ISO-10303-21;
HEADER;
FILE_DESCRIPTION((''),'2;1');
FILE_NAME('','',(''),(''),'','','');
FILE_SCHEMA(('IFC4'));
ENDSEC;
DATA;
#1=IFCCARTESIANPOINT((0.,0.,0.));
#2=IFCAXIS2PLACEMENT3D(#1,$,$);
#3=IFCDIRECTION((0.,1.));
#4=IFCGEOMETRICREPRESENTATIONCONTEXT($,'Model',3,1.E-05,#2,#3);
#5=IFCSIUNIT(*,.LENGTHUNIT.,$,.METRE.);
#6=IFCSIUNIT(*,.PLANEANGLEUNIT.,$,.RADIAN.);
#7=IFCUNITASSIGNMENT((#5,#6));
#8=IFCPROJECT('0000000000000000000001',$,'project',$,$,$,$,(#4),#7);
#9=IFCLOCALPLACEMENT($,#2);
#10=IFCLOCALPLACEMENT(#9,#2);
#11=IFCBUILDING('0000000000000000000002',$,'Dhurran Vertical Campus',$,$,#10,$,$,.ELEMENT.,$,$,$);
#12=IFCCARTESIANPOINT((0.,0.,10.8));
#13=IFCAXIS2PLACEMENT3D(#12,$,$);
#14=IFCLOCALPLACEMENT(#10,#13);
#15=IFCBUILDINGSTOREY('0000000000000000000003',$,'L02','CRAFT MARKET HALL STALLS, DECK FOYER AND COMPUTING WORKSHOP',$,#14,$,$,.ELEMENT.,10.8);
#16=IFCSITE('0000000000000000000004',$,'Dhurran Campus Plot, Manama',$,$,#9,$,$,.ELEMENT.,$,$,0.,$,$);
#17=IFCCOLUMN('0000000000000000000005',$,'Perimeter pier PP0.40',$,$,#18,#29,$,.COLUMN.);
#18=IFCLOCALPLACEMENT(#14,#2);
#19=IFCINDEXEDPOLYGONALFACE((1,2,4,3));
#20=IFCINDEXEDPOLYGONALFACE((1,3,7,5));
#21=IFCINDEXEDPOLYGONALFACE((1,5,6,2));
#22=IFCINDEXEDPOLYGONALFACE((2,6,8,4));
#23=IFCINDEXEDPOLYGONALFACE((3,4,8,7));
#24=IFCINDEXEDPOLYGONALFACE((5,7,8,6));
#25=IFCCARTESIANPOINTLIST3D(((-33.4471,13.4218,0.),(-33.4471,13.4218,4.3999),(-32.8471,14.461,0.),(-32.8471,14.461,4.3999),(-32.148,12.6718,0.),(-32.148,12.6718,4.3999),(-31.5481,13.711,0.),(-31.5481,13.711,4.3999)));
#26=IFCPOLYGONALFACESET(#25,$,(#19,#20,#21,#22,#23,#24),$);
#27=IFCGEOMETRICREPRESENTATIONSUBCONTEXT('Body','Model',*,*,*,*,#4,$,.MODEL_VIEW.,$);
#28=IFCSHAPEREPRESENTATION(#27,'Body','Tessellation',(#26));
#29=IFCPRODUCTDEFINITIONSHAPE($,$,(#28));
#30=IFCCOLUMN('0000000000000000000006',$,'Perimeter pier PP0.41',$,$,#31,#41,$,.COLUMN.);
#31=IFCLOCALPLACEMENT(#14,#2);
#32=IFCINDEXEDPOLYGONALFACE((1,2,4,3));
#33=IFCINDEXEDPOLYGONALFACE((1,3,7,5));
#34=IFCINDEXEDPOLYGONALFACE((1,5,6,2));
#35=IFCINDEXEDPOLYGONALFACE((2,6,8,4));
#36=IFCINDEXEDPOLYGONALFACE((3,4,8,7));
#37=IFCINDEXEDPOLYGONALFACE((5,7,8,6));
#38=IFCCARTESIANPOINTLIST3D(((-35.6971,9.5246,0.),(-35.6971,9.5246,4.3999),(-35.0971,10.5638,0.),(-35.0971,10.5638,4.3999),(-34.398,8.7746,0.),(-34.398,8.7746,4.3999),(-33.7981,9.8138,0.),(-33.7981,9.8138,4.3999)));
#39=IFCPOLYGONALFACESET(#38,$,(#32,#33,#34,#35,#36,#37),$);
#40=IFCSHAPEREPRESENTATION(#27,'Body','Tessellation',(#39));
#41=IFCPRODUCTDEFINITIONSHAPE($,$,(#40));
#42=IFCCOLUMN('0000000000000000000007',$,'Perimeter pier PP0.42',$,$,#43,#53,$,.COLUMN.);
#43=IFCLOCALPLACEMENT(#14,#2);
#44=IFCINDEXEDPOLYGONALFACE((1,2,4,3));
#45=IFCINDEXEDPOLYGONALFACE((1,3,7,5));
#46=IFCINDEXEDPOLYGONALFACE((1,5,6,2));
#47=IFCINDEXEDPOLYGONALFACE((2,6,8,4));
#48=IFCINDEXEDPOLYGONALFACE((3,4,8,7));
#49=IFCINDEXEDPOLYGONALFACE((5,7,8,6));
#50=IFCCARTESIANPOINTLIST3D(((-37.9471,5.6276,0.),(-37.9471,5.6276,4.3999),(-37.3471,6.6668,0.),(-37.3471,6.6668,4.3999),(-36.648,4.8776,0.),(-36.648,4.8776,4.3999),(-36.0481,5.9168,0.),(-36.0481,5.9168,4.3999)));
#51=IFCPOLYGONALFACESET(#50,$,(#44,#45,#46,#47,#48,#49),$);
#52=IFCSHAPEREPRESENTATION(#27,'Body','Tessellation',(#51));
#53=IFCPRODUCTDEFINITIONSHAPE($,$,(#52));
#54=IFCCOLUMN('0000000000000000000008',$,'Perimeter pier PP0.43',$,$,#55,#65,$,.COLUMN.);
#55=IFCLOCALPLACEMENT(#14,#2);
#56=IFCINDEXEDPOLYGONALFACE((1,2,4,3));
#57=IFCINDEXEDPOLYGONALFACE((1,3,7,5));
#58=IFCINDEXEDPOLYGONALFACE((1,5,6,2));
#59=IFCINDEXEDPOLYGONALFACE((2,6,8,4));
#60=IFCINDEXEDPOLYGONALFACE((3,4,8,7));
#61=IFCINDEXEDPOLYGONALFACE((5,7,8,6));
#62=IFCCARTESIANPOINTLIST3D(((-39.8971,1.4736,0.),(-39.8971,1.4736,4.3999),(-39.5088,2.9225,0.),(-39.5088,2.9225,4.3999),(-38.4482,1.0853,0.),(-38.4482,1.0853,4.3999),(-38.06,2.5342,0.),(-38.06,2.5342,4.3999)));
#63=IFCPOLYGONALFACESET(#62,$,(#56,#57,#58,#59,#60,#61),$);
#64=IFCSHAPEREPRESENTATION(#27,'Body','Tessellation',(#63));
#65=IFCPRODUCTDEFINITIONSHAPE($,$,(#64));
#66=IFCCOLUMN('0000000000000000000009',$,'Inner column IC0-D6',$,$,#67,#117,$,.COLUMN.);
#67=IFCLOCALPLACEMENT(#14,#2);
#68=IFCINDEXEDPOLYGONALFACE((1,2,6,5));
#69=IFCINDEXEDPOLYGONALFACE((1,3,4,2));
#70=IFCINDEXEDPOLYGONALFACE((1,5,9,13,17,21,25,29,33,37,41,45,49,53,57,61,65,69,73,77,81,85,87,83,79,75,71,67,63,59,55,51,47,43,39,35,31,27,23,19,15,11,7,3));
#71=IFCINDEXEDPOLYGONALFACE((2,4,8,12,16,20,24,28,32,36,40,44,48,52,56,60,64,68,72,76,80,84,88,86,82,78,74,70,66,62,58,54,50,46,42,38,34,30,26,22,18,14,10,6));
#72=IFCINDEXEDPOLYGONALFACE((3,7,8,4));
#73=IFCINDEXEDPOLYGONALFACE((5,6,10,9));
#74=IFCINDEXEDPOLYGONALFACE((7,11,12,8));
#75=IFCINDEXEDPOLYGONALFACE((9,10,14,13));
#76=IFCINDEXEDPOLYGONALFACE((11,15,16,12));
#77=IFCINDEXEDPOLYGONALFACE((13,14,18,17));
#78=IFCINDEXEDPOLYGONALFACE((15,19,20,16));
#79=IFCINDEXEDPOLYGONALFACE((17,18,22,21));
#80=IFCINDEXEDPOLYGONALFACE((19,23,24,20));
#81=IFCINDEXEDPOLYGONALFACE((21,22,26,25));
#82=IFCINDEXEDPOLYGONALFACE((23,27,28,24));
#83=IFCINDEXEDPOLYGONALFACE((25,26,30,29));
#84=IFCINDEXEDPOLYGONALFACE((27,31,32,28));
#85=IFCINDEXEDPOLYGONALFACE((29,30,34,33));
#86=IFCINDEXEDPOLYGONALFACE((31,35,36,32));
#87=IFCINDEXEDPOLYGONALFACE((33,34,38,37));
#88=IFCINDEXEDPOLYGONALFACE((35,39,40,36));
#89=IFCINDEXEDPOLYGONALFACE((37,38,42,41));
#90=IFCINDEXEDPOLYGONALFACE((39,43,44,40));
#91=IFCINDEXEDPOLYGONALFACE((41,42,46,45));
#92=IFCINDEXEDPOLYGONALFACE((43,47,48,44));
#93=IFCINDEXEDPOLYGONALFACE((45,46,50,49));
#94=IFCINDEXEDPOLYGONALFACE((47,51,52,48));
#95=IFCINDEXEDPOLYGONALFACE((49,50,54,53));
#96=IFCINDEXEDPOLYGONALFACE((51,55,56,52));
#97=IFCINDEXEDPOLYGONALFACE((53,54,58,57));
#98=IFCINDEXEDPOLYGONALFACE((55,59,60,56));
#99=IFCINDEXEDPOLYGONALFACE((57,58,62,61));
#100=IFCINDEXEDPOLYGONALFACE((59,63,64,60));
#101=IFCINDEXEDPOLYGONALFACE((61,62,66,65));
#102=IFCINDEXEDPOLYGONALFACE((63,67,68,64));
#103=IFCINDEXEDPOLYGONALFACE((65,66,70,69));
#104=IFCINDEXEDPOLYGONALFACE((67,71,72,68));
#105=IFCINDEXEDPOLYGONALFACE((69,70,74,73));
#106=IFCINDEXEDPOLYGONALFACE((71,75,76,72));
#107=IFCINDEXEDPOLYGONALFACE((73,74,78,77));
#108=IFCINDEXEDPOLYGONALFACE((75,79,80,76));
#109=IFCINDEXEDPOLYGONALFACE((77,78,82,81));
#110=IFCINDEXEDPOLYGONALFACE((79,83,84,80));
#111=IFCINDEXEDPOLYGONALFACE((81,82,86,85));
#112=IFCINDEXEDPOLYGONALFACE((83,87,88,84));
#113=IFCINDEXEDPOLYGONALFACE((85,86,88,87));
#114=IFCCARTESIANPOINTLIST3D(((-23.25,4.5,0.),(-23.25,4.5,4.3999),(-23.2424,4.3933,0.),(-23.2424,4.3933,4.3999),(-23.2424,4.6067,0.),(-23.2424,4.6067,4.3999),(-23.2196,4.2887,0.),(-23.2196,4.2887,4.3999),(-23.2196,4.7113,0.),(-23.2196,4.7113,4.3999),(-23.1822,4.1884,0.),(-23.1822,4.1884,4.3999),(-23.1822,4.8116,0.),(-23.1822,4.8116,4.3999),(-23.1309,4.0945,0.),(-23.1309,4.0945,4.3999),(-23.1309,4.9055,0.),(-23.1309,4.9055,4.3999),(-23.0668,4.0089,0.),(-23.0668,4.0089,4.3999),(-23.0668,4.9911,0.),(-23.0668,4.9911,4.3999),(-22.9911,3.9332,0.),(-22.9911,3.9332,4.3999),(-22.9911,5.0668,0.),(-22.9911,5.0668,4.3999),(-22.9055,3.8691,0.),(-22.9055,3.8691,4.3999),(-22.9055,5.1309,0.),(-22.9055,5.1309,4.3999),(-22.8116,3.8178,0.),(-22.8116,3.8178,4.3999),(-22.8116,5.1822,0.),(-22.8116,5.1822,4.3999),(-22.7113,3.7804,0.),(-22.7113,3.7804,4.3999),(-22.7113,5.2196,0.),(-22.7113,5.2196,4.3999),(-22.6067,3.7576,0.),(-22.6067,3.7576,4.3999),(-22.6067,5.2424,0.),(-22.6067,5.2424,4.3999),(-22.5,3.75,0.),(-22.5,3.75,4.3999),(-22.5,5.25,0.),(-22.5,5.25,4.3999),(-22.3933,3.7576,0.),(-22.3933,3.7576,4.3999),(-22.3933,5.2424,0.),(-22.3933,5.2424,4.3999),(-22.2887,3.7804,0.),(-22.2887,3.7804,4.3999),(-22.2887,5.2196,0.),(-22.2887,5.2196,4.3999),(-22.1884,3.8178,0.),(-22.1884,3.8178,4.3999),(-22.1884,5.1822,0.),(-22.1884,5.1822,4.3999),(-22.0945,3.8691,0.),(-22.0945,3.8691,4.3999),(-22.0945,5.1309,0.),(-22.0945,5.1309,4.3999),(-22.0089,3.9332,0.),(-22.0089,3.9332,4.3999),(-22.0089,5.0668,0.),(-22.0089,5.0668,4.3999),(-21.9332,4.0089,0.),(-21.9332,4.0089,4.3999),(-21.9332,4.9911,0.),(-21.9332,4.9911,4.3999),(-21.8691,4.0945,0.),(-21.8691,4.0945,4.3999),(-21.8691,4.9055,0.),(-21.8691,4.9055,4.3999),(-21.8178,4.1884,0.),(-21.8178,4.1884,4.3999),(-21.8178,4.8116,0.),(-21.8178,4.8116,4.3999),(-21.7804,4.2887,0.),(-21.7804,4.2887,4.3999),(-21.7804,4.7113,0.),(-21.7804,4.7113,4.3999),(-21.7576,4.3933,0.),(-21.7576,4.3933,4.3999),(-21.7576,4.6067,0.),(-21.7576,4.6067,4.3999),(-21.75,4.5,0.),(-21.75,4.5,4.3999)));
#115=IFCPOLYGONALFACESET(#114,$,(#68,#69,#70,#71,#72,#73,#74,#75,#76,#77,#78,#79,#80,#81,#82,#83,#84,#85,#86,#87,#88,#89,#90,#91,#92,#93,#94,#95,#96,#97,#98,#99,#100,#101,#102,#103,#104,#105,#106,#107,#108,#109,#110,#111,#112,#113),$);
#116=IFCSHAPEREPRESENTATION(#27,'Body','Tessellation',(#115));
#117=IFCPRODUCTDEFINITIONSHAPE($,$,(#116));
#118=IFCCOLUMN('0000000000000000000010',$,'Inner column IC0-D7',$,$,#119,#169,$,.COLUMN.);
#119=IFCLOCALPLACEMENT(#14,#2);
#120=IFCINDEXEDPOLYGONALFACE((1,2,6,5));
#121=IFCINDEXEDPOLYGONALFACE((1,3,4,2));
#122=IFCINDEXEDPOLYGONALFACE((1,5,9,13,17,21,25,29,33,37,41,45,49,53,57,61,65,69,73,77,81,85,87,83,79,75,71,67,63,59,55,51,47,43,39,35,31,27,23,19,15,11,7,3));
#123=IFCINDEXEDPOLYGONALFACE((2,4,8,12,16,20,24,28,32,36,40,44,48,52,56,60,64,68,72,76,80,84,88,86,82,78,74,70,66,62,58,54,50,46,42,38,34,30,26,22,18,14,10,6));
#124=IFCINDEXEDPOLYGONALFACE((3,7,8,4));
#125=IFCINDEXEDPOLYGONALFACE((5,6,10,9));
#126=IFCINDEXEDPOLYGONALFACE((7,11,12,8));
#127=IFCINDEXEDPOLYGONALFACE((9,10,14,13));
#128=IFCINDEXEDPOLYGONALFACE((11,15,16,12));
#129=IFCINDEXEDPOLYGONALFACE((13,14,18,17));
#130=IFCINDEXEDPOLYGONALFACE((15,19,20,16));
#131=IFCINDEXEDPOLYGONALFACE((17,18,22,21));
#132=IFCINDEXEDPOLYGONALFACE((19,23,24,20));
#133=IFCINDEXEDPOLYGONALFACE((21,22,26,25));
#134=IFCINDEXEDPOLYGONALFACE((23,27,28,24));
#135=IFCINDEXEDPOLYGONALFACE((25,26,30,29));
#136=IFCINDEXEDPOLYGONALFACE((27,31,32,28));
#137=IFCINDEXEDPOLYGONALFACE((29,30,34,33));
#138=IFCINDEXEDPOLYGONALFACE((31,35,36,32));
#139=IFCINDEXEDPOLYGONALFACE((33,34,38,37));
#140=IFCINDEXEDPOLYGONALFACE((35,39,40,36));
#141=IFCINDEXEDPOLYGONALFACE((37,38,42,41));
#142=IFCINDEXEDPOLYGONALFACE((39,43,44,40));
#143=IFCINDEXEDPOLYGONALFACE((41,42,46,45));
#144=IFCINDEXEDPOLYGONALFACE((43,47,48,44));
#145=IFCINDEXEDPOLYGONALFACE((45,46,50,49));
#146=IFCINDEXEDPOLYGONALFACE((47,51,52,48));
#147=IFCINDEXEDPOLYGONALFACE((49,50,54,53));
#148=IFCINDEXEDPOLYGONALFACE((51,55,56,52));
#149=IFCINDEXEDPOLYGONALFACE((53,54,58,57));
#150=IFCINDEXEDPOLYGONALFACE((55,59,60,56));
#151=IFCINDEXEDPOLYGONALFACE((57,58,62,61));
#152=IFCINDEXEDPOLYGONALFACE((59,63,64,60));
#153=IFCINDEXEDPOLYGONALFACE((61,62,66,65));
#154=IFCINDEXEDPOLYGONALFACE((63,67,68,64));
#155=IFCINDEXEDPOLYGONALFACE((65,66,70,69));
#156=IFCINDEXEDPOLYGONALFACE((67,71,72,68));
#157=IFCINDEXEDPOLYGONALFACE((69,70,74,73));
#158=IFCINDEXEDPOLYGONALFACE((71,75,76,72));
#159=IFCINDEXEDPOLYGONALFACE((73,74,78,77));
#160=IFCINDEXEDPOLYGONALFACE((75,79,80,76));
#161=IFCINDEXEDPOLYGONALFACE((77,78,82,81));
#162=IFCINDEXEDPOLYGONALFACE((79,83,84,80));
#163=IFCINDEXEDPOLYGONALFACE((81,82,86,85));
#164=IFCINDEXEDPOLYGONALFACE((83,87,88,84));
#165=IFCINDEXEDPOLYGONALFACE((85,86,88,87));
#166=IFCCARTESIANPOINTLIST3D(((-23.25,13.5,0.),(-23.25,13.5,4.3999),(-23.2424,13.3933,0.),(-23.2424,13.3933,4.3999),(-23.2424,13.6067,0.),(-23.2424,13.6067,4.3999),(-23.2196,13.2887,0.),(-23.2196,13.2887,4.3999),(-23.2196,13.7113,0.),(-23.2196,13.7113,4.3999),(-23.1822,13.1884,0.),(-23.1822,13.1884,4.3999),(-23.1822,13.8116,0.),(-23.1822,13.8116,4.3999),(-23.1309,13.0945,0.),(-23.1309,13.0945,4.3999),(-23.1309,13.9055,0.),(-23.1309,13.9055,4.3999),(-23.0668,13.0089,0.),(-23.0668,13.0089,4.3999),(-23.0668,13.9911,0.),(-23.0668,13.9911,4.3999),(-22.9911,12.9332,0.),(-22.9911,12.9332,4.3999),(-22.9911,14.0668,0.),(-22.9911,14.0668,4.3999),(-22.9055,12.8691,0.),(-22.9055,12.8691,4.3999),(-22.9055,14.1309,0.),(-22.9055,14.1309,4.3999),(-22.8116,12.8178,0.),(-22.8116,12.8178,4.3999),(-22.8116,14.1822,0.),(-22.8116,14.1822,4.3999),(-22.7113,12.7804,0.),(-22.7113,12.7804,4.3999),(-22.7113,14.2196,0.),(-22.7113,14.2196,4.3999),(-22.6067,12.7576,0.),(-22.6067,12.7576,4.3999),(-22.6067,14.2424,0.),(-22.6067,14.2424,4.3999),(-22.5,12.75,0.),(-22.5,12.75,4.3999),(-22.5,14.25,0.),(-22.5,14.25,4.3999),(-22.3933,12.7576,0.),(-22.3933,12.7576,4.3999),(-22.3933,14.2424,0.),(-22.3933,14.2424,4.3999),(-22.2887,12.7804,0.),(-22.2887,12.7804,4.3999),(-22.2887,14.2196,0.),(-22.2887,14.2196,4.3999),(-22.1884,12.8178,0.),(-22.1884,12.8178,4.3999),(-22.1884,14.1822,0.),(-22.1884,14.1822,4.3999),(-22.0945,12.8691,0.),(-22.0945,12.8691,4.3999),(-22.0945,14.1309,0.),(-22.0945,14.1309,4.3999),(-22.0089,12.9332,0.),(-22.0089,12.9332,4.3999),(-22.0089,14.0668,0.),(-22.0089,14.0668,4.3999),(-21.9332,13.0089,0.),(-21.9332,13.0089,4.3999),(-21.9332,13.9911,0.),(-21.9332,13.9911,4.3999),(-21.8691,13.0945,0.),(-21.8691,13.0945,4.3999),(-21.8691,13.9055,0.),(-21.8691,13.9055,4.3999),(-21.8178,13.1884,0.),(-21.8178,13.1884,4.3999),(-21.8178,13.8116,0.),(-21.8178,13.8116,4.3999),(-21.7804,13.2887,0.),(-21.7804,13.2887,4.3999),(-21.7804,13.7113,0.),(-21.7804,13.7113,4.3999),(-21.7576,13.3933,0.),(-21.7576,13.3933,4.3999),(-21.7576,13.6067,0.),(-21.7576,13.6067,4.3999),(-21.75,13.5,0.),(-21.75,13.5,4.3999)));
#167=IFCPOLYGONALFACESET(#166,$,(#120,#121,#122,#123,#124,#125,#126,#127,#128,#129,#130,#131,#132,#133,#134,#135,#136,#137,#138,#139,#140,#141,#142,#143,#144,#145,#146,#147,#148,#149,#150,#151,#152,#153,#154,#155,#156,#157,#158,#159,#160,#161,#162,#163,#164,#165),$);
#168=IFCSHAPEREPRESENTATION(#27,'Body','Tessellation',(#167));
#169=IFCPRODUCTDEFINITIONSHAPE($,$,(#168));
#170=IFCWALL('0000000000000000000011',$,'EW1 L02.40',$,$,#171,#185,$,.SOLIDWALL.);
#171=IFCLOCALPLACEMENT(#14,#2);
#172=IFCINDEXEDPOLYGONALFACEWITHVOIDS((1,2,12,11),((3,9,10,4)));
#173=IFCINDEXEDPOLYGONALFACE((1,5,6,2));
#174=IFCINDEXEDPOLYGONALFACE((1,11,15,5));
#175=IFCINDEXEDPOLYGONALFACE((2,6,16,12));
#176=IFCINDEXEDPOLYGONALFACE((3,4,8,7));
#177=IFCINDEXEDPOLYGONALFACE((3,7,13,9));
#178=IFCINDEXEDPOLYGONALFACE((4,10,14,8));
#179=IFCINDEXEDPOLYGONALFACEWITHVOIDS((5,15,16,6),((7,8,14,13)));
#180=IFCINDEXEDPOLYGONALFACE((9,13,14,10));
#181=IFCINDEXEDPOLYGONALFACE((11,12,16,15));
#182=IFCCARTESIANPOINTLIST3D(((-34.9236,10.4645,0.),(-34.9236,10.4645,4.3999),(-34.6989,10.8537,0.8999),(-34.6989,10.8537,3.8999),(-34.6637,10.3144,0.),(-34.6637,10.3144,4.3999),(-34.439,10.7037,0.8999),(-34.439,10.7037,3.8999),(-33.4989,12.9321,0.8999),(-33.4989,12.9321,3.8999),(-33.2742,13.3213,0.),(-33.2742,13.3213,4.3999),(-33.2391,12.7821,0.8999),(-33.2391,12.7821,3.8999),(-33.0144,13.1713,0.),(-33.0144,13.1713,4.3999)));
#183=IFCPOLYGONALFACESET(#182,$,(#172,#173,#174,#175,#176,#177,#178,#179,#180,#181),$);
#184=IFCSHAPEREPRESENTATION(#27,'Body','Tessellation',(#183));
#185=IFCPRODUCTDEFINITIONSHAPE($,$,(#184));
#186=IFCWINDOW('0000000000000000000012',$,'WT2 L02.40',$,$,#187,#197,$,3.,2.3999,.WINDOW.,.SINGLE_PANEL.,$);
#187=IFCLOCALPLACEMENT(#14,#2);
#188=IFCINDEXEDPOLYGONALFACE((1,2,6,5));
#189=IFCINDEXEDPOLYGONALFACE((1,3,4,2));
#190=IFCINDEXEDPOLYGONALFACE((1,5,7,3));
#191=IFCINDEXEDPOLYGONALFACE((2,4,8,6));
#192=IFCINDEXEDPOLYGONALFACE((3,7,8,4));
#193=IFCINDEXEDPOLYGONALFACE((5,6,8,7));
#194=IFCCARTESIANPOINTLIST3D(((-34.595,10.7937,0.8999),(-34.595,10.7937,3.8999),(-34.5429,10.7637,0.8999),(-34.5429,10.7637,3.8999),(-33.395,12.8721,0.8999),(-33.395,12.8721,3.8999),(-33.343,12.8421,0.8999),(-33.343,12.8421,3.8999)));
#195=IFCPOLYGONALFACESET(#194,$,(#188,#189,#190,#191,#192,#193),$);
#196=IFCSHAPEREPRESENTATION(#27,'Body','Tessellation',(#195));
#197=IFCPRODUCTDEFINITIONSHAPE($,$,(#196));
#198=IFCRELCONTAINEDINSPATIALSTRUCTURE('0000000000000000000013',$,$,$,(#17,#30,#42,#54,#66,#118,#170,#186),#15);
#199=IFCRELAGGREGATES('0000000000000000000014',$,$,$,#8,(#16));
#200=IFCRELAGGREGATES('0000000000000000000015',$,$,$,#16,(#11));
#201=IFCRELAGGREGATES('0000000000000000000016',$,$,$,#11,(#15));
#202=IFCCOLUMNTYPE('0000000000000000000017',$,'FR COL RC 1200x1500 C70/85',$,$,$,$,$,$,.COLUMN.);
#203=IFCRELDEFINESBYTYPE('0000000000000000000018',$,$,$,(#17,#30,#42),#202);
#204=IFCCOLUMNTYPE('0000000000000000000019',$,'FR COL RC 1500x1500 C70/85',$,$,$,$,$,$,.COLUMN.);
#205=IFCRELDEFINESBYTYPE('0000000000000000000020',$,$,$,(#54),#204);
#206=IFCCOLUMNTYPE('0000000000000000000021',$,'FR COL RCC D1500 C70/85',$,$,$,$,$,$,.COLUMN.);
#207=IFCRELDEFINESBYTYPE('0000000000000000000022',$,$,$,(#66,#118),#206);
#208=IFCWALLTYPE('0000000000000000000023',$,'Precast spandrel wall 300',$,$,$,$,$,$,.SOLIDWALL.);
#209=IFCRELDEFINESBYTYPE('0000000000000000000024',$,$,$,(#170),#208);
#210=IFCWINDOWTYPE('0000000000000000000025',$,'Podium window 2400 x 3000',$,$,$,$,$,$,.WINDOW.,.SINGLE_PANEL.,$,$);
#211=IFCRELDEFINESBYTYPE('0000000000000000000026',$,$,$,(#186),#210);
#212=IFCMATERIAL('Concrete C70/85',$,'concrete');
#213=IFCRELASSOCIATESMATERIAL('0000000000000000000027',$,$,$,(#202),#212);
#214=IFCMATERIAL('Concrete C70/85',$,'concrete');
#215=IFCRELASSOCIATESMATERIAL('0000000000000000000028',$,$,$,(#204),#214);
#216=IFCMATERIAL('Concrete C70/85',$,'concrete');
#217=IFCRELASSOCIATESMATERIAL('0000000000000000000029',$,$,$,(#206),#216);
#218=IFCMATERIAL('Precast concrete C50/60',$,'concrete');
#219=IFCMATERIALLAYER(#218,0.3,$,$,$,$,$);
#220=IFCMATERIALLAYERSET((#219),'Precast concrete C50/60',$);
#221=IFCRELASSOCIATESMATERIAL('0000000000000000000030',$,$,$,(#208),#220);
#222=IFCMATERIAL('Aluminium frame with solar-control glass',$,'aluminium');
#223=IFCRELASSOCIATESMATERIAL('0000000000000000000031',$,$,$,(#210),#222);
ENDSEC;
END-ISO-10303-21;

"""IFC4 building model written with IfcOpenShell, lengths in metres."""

from ifc_helpers import new_model, si_unit, direction, frame, frame_2d, origin, origin_2d, place, context, subcontext, project, spatial, rectangle, circle, extrude, material, layer, layer_set, material_profile, profile_set, type_object, element, fill, save


model = new_model("IFC4")

# Units and contexts
model_context = context("Model", 3, precision=1e-05, world=origin(), true_north=direction((0.0, 1.0)))
body_context = subcontext(model_context, "Body", "Model", "MODEL_VIEW")
ifc_project = project(units=[si_unit("LENGTHUNIT", "METRE"), si_unit("PLANEANGLEUNIT", "RADIAN")], contexts=[model_context])

# Site, building, storey
site_placement = place(None, origin())
site = spatial("IfcSite", under=ifc_project, at=site_placement, Name="Dhurran Campus Plot, Manama", CompositionType="ELEMENT", RefElevation=0.0)
building_placement = place(site_placement, origin())
building = spatial("IfcBuilding", under=site, at=building_placement, Name="Dhurran Vertical Campus", CompositionType="ELEMENT")
storey_placement = place(building_placement, frame((0.0, 0.0, 10.8)))
storey = spatial("IfcBuildingStorey", under=building, at=storey_placement, Name="L02", Description="CRAFT MARKET HALL STALLS, DECK FOYER AND COMPUTING WORKSHOP", CompositionType="ELEMENT", Elevation=10.8)

# Columns
ifc_material_1 = material(Name="Concrete C70/85", Category="concrete")
ifc_material_profile_1 = material_profile(ifc_material_1, rectangle(XDim=1.2, YDim=1.5, at=origin_2d()), Name="RC 1200x1500")
ifc_profile_set_1 = profile_set([ifc_material_profile_1], Name="Concrete C70/85")
column_type_1 = type_object("IfcColumnType", Name="FR COL RC 1200x1500 C70/85", PredefinedType="COLUMN", material=ifc_profile_set_1)
for number, where, z_axis, x_axis, name in (
    (1, (-32.4976, 13.5664, 0.0), (0.0, 0.0, 1.0), (-0.5, -0.866025, 0.0), "Perimeter pier PP0.40"),
    (2, (-34.7476, 9.6692, 0.0), (0.0, 0.0, 1.0), (-0.5, -0.866025, 0.0), "Perimeter pier PP0.41"),
    (3, (-36.9976, 5.7722, 0.0), (0.0, 0.0, 1.0), (-0.5, -0.866025, 0.0), "Perimeter pier PP0.42"),
):
    element("IfcColumn", number, at=place(storey_placement, frame(where, z_axis=z_axis, x_axis=x_axis)), inside=storey, type_object=column_type_1, Name=name, PredefinedType="COLUMN", context=body_context, shape_type="SweptSolid", body=[
        extrude(rectangle(XDim=1.2, YDim=1.5, at=origin_2d()), origin(), (0.0, 0.0, 1.0), 4.3999),
    ])
ifc_material_2 = material(Name="Concrete C70/85", Category="concrete")
ifc_material_profile_2 = material_profile(ifc_material_2, rectangle(XDim=1.5, YDim=1.5, at=origin_2d()), Name="RC 1500x1500")
ifc_profile_set_2 = profile_set([ifc_material_profile_2], Name="Concrete C70/85")
column_type_2 = type_object("IfcColumnType", Name="FR COL RC 1500x1500 C70/85", PredefinedType="COLUMN", material=ifc_profile_set_2)
column_placement = place(storey_placement, frame((-38.9785, 2.0039, 0.0), z_axis=(0.0, 0.0, 1.0), x_axis=(-0.258819, -0.965926, 0.0)))
element("IfcColumn", 4, at=column_placement, inside=storey, type_object=column_type_2, Name="Perimeter pier PP0.43", PredefinedType="COLUMN", context=body_context, shape_type="SweptSolid", body=[
    extrude(rectangle(XDim=1.5, YDim=1.5, at=origin_2d()), origin(), (0.0, 0.0, 1.0), 4.3999),
])
ifc_material_3 = material(Name="Concrete C70/85", Category="concrete")
ifc_material_profile_3 = material_profile(ifc_material_3, circle(Radius=0.75, at=origin_2d()), Name="RCC D1500")
ifc_profile_set_3 = profile_set([ifc_material_profile_3], Name="Concrete C70/85")
column_type_3 = type_object("IfcColumnType", Name="FR COL RCC D1500 C70/85", PredefinedType="COLUMN", material=ifc_profile_set_3)
for number, where, z_axis, x_axis, name in (
    (5, (-22.5, 4.5, 0.0), (0.0, 0.0, 1.0), (1.0, 0.0, 0.0), "Inner column IC0-D6"),
    (6, (-22.5, 13.5, 0.0), (0.0, 0.0, 1.0), (1.0, 0.0, 0.0), "Inner column IC0-D7"),
):
    element("IfcColumn", number, at=place(storey_placement, frame(where, z_axis=z_axis, x_axis=x_axis)), inside=storey, type_object=column_type_3, Name=name, PredefinedType="COLUMN", context=body_context, shape_type="SweptSolid", body=[
        extrude(circle(Radius=0.75, at=origin_2d()), origin(), (0.0, 0.0, 1.0), 4.3999),
    ])

# Wall, opening, window
ifc_material_4 = material(Name="Precast concrete C50/60", Category="concrete")
ifc_layer_1 = layer(ifc_material_4, 0.3)
ifc_layer_set_1 = layer_set([ifc_layer_1], Name="Precast concrete C50/60")
wall_type_1 = type_object("IfcWallType", Name="Precast spandrel wall 300", PredefinedType="SOLIDWALL", material=ifc_layer_set_1)
wall_1_placement = place(storey_placement, frame((-33.1443, 13.2463, 0.0), z_axis=(0.0, 0.0, 1.0), x_axis=(-0.499992, -0.86603, 0.0)))
wall_1 = element("IfcWall", 7, at=wall_1_placement, inside=storey, type_object=wall_type_1, Name="EW1 L02.40", PredefinedType="SOLIDWALL", context=body_context, shape_type="SweptSolid", body=[
    extrude(rectangle(XDim=3.2988, YDim=0.3, at=frame_2d((1.6494, 0.0))), origin(), (0.0, 0.0, 1.0), 4.3999),
])
opening_1_placement = place(wall_1_placement, frame((0.4495, 0.0, 0.8999)))
opening_1 = element("IfcOpeningElement", 8, at=opening_1_placement, cuts=wall_1, PredefinedType="OPENING", context=body_context, shape_type="SweptSolid", body=[
    extrude(rectangle(XDim=2.3999, YDim=3.0, at=frame_2d((1.2, 1.5))), frame((0.0, 0.1599, 0.0), z_axis=(0.0, -1.0, 0.0), x_axis=(1.0, 0.0, 0.0)), (0.0, 0.0, 1.0), 0.3201),
])
ifc_material_5 = material(Name="Aluminium frame with solar-control glass", Category="aluminium")
window_type = type_object("IfcWindowType", Name="Podium window 2400 x 3000", PartitioningType="SINGLE_PANEL", PredefinedType="WINDOW", material=ifc_material_5)
window_1_placement = place(opening_1_placement, origin())
window_1 = element("IfcWindow", 9, at=window_1_placement, inside=storey, type_object=window_type, Name="WT2 L02.40", OverallHeight=3.0, OverallWidth=2.3999, PartitioningType="SINGLE_PANEL", PredefinedType="WINDOW", context=body_context, shape_type="SweptSolid", body=[
    extrude(rectangle(XDim=2.3999, YDim=3.0, at=frame_2d((1.2, 1.5))), frame((0.0, 0.03, 0.0), z_axis=(0.0, -1.0, 0.0), x_axis=(1.0, 0.0, 0.0)), (0.0, 0.0, 1.0), 0.0601),
])
fill(opening_1, window_1)

save(model, "model.ifc")
